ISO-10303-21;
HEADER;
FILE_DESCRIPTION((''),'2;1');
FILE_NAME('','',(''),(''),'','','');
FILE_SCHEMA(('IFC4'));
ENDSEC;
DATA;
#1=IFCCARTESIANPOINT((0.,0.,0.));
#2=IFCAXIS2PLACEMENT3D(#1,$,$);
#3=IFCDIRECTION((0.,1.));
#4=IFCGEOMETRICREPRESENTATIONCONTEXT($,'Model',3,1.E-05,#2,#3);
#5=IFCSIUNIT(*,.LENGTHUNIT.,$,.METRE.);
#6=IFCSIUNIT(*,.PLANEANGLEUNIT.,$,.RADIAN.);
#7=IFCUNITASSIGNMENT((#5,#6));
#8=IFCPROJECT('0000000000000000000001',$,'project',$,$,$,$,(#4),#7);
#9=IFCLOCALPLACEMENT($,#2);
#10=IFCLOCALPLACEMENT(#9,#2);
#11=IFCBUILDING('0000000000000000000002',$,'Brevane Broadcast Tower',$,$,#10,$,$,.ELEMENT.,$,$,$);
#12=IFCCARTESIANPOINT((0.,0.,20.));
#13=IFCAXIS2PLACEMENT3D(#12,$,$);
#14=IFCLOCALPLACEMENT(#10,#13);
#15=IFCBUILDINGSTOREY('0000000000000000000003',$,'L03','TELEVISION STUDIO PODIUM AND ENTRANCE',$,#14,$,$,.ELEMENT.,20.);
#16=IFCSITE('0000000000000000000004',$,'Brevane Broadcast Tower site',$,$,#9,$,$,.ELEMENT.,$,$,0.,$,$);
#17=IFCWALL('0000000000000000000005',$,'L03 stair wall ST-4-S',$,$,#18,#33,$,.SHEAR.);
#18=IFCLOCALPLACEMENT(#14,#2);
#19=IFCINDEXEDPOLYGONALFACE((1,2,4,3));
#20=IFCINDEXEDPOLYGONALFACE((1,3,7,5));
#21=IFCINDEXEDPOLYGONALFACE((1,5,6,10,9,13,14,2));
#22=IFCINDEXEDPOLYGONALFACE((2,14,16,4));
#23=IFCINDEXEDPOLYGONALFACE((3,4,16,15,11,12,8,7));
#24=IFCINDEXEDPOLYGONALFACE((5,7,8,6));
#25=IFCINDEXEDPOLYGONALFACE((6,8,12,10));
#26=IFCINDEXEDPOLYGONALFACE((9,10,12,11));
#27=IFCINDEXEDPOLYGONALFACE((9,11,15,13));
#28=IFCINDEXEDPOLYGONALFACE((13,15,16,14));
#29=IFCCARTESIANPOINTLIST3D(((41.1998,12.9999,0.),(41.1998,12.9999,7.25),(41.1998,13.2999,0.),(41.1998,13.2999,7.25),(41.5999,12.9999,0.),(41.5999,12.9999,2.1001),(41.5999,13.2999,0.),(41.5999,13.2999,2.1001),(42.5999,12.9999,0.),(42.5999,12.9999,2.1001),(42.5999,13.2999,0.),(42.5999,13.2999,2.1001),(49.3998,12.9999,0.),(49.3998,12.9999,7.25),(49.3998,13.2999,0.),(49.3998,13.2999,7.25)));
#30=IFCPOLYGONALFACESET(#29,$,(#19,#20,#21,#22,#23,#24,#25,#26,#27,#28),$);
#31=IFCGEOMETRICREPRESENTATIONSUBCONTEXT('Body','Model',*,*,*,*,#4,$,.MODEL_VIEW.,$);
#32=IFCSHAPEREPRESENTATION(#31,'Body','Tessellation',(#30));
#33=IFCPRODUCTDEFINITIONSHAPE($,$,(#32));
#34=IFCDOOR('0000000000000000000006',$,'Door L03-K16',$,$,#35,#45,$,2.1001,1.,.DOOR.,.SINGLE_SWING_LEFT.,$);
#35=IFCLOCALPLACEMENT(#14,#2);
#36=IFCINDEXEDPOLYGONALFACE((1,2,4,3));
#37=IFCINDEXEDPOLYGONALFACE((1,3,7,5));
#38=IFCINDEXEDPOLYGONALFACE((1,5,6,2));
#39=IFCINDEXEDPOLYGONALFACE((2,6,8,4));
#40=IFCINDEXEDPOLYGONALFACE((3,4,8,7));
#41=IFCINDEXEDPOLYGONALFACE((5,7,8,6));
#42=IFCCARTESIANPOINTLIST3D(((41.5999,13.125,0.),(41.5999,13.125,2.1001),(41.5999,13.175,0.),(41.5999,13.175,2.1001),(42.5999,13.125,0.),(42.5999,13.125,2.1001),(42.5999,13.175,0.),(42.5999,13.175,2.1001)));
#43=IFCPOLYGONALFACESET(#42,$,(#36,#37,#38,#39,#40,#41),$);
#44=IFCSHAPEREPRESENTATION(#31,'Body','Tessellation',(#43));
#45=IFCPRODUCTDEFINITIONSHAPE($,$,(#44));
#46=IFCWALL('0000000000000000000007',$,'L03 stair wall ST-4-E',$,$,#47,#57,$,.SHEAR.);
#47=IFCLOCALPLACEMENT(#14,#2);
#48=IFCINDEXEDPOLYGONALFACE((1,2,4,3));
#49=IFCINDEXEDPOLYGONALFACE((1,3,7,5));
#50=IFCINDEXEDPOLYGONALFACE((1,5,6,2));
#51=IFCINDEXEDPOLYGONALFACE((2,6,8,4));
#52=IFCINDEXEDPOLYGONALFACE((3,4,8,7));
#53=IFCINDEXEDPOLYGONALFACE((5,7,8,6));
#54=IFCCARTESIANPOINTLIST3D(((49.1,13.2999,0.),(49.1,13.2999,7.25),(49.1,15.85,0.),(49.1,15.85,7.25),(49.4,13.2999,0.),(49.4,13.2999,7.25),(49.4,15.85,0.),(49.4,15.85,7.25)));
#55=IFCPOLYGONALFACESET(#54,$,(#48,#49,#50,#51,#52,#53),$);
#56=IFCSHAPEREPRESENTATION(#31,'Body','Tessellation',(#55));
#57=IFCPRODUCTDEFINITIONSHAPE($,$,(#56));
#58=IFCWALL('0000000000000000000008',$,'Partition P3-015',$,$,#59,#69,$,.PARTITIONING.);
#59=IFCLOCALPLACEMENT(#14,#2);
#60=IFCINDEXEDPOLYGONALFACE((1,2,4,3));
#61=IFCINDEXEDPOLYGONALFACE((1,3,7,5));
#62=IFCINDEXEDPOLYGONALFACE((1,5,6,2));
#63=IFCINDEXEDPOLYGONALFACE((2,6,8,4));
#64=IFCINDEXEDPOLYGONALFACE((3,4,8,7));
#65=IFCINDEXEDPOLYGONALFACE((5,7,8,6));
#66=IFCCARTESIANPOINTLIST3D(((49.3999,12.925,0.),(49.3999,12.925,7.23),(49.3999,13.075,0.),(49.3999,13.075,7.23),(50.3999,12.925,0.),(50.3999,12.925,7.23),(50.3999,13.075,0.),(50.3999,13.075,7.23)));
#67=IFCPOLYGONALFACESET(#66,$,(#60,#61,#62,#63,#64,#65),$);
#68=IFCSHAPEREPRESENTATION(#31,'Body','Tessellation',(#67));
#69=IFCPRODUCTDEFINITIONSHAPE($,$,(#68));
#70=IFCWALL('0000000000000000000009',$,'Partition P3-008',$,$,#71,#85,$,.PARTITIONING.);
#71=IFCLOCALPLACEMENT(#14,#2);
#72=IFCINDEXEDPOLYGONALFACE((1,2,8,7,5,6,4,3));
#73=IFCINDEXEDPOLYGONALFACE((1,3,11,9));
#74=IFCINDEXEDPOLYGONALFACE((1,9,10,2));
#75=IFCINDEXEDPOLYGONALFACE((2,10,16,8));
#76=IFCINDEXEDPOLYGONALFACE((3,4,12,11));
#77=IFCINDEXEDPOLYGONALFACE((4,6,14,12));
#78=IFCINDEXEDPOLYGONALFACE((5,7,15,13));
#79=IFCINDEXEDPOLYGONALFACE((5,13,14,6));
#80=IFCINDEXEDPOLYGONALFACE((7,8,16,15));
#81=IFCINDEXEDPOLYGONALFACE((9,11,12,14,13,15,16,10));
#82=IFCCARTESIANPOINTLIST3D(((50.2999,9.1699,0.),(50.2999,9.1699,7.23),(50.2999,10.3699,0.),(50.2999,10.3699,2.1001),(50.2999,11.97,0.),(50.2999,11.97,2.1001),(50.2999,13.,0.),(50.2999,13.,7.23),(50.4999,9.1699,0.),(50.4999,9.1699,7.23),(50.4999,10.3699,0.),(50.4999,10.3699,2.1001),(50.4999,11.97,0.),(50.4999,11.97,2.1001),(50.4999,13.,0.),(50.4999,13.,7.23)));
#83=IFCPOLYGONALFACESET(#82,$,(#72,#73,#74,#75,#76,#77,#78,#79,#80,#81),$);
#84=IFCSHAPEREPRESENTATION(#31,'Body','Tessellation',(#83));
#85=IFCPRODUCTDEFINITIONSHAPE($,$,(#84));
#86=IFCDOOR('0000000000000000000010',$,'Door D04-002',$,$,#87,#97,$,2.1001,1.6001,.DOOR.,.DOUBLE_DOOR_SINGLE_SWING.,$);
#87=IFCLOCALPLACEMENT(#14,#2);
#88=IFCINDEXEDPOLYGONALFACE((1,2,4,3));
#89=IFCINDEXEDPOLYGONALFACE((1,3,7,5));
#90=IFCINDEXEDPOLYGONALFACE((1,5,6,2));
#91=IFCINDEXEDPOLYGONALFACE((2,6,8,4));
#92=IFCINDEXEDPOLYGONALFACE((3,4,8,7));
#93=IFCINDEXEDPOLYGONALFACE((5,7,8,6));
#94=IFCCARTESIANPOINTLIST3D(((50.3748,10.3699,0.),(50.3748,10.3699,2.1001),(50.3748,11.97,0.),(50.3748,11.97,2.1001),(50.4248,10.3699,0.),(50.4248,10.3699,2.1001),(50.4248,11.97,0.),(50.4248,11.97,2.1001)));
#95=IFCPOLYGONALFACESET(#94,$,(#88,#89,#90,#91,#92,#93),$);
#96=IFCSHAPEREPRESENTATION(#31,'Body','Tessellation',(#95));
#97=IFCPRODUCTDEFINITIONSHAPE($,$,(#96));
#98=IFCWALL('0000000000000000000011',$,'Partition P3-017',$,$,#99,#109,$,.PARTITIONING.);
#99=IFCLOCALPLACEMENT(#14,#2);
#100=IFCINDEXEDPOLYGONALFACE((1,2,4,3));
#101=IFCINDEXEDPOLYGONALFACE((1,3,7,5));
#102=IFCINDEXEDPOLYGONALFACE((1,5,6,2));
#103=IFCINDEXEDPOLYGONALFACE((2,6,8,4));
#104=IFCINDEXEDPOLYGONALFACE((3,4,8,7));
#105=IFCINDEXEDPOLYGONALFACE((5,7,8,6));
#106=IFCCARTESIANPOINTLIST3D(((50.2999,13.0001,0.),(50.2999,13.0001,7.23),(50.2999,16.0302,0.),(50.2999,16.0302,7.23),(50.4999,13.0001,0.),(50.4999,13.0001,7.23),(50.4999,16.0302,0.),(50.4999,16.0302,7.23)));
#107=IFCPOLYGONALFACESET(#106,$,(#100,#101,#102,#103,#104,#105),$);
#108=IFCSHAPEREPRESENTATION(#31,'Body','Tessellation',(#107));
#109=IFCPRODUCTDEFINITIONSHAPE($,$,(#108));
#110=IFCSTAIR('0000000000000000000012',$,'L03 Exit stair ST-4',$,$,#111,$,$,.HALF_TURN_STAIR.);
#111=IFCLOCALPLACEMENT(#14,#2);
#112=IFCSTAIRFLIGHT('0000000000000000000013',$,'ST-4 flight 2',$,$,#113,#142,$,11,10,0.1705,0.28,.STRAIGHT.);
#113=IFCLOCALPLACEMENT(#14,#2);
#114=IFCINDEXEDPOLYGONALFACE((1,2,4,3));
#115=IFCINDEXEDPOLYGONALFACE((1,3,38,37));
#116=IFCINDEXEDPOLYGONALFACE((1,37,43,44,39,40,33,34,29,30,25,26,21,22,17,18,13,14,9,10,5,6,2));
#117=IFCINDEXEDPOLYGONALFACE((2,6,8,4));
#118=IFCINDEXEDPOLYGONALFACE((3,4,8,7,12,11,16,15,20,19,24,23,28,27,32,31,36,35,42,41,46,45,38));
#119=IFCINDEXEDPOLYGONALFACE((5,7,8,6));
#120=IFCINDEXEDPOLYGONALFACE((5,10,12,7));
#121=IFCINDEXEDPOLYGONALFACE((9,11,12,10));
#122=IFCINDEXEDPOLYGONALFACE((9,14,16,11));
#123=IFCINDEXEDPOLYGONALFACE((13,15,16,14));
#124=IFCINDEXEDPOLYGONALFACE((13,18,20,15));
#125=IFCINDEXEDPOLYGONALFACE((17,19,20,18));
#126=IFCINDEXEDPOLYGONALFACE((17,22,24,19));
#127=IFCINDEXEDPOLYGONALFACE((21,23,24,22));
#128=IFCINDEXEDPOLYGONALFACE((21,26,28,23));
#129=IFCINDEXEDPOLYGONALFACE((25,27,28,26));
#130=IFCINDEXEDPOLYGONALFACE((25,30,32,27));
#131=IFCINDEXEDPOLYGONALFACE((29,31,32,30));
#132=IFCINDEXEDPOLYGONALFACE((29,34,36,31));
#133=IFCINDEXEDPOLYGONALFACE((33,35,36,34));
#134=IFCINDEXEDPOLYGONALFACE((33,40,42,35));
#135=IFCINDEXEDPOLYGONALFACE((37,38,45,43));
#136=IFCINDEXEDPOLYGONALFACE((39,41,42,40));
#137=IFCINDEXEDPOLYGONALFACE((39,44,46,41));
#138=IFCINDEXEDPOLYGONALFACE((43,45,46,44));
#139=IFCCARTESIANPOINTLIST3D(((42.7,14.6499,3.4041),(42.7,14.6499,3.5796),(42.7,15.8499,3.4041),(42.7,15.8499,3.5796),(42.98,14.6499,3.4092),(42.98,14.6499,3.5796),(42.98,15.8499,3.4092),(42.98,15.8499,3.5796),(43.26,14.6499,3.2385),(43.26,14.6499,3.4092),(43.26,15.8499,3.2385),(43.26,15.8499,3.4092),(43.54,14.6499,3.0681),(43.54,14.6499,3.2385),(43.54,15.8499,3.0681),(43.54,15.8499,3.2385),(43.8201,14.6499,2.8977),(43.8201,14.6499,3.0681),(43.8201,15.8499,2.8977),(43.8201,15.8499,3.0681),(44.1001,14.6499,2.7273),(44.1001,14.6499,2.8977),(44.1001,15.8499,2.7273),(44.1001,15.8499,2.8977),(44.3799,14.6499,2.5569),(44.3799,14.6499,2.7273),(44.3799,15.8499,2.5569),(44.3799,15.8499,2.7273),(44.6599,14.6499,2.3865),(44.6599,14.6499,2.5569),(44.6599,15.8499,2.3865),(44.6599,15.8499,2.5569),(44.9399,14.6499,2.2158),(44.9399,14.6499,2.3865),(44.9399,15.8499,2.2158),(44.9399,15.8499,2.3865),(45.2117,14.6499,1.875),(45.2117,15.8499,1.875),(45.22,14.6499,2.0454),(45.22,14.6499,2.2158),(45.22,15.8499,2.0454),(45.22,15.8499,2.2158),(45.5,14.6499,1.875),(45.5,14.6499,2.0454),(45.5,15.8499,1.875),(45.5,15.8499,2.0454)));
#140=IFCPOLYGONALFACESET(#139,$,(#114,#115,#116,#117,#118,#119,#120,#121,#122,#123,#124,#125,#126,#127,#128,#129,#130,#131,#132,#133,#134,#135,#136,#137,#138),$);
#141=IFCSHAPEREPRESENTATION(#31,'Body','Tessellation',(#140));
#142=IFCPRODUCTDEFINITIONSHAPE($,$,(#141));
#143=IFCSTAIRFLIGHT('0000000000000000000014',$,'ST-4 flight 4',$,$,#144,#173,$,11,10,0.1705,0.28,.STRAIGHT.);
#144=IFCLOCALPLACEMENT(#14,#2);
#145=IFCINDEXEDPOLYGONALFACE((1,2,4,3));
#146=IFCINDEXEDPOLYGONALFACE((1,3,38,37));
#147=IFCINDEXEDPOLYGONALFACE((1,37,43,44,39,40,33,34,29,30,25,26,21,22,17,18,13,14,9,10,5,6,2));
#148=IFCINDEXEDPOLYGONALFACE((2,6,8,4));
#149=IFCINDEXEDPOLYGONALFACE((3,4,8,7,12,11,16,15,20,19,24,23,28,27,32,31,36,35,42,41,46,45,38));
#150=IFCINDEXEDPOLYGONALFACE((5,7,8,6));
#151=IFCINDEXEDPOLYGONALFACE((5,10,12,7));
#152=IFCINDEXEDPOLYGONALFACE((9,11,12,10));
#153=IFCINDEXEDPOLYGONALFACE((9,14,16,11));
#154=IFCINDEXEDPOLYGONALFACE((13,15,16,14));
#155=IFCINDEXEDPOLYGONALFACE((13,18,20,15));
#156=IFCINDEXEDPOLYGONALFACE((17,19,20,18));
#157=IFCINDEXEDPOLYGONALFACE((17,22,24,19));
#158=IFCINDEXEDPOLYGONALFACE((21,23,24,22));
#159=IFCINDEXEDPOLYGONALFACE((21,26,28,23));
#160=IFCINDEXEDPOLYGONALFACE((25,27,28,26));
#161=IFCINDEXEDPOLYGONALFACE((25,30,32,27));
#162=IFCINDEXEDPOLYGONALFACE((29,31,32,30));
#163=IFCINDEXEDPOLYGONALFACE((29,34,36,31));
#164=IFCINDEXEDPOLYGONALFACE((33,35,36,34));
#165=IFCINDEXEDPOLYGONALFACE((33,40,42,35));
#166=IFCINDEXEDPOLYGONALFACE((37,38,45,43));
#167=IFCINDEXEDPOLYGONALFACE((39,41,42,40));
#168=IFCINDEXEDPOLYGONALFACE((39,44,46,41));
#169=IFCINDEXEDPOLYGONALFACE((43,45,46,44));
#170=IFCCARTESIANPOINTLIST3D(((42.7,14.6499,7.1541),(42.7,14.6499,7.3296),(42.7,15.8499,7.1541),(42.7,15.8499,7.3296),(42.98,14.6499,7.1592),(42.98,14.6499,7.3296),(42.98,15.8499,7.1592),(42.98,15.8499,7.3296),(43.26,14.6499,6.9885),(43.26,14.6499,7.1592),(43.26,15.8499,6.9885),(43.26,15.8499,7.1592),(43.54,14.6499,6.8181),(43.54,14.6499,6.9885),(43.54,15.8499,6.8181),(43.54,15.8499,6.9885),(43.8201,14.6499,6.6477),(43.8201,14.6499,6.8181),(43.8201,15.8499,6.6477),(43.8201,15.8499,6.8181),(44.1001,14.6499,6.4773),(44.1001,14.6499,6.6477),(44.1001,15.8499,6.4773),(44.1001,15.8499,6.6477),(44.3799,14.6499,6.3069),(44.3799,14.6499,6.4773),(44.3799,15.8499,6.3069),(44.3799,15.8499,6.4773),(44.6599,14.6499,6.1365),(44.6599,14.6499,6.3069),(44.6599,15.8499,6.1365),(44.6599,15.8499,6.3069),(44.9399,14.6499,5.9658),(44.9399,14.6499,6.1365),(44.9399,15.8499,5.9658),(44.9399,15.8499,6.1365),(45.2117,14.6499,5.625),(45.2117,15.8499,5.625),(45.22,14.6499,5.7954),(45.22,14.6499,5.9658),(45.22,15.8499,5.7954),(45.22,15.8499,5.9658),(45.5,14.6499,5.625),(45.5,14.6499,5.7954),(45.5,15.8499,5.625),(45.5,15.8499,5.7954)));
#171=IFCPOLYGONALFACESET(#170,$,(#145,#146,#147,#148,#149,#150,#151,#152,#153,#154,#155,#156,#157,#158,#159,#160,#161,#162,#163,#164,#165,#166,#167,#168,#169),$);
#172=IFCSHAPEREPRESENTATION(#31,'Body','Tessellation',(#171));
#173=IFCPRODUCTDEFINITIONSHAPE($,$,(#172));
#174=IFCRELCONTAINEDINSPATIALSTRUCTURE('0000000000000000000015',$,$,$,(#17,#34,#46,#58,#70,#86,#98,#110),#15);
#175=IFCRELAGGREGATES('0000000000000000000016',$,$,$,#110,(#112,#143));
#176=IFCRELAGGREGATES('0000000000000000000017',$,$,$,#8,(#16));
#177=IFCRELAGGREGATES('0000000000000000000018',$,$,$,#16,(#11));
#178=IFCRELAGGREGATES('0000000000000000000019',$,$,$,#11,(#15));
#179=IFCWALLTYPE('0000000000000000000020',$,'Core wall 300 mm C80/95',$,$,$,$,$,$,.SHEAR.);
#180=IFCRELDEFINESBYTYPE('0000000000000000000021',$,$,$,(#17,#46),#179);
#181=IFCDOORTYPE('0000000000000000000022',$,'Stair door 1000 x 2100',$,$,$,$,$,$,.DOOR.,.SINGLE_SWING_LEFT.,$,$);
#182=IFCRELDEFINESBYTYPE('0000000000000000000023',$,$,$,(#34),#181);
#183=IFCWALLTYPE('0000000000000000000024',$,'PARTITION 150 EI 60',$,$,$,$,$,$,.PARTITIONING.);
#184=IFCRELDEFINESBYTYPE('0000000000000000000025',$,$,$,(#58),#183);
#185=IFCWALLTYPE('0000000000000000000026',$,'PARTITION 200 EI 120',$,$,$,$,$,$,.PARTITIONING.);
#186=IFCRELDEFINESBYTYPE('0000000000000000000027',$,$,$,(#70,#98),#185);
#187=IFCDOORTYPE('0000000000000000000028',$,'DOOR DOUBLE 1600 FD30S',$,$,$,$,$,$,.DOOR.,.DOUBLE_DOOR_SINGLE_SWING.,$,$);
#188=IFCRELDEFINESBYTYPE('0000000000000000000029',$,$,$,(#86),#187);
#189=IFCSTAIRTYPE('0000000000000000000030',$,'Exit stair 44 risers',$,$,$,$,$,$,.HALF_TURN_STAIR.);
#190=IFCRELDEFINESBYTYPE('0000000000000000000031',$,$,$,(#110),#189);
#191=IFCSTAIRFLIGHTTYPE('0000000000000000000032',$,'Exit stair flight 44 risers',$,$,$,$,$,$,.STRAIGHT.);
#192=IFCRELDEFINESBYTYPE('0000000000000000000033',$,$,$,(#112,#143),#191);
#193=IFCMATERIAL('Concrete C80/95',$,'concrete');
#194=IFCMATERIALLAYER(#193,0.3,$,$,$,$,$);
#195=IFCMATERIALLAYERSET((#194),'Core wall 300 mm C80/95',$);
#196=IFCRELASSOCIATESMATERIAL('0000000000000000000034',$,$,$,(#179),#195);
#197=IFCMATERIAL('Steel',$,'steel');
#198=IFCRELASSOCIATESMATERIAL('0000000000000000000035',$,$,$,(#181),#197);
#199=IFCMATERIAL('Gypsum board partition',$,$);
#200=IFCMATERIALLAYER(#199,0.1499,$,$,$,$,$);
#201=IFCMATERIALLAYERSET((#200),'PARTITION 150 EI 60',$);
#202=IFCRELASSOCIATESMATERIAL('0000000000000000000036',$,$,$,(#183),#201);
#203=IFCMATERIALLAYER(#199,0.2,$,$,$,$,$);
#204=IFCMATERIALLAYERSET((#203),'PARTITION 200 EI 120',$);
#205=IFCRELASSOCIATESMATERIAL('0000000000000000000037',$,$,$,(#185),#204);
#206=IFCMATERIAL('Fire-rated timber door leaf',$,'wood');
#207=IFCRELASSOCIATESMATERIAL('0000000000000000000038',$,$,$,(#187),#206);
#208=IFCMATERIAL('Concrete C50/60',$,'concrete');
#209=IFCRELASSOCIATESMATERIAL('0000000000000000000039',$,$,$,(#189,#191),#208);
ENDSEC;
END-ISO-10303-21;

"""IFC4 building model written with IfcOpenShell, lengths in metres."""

from ifc_helpers import new_model, si_unit, direction, frame, frame_2d, origin, place, context, subcontext, project, spatial, polyline, rectangle, outline, extrude, material, layer, layer_set, type_object, element, fill, aggregate, save


model = new_model("IFC4")

# Units and contexts
model_context = context("Model", 3, precision=1e-05, world=origin(), true_north=direction((0.0, 1.0)))
body_context = subcontext(model_context, "Body", "Model", "MODEL_VIEW")
ifc_project = project(units=[si_unit("LENGTHUNIT", "METRE"), si_unit("PLANEANGLEUNIT", "RADIAN")], contexts=[model_context])

# Site, building, storey
site_placement = place(None, origin())
site = spatial("IfcSite", under=ifc_project, at=site_placement, Name="Brevane Broadcast Tower site", CompositionType="ELEMENT", RefElevation=0.0)
building_placement = place(site_placement, origin())
building = spatial("IfcBuilding", under=site, at=building_placement, Name="Brevane Broadcast Tower", CompositionType="ELEMENT")
storey_placement = place(building_placement, frame((0.0, 0.0, 20.0)))
storey = spatial("IfcBuildingStorey", under=building, at=storey_placement, Name="L03", Description="TELEVISION STUDIO PODIUM AND ENTRANCE", CompositionType="ELEMENT", Elevation=20.0)

# Shared definitions
ifc_material_1 = material(Name="Concrete C80/95", Category="concrete")

# Wall, opening, door
ifc_layer_1 = layer(ifc_material_1, 0.3)
ifc_layer_set_1 = layer_set([ifc_layer_1], Name="Core wall 300 mm C80/95")
wall_type_1 = type_object("IfcWallType", Name="Core wall 300 mm C80/95", PredefinedType="SHEAR", material=ifc_layer_set_1)
wall_1_placement = place(storey_placement, frame((49.3999, 13.1499, 0.0), z_axis=(0.0, 0.0, 1.0), x_axis=(-1.0, 0.0, 0.0)))
wall_1 = element("IfcWall", 1, at=wall_1_placement, inside=storey, type_object=wall_type_1, Name="L03 stair wall ST-4-S", PredefinedType="SHEAR", context=body_context, shape_type="SweptSolid", body=[
    extrude(rectangle(XDim=8.2, YDim=0.3, at=frame_2d((4.1001, 0.0))), origin(), (0.0, 0.0, 1.0), 7.25),
])
opening_1_placement = place(wall_1_placement, frame((6.8, 0.0, 0.0)))
opening_1 = element("IfcOpeningElement", 2, at=opening_1_placement, cuts=wall_1, PredefinedType="OPENING", context=body_context, shape_type="SweptSolid", body=[
    extrude(rectangle(XDim=1.0, YDim=2.1001, at=frame_2d((0.5, 1.05))), frame((0.0, 0.1599, 0.0), z_axis=(0.0, -1.0, 0.0), x_axis=(1.0, 0.0, 0.0)), (0.0, 0.0, 1.0), 0.3201),
])
ifc_material_2 = material(Name="Steel", Category="steel")
door_type_1 = type_object("IfcDoorType", Name="Stair door 1000 x 2100", OperationType="SINGLE_SWING_LEFT", PredefinedType="DOOR", material=ifc_material_2)
door_1_placement = place(opening_1_placement, origin())
door_1 = element("IfcDoor", 3, at=door_1_placement, inside=storey, type_object=door_type_1, Name="Door L03-K16", OperationType="SINGLE_SWING_LEFT", OverallHeight=2.1001, OverallWidth=1.0, PredefinedType="DOOR", context=body_context, shape_type="SweptSolid", body=[
    extrude(rectangle(XDim=1.0, YDim=2.1001, at=frame_2d((0.5, 1.05))), frame((0.0, 0.0249, 0.0), z_axis=(0.0, -1.0, 0.0), x_axis=(1.0, 0.0, 0.0)), (0.0, 0.0, 1.0), 0.05),
])
fill(opening_1, door_1)

# Walls
wall_2_placement = place(storey_placement, frame((49.25, 13.3, 0.0), z_axis=(0.0, 0.0, 1.0), x_axis=(0.0, 1.0, 0.0)))
element("IfcWall", 4, at=wall_2_placement, inside=storey, type_object=wall_type_1, Name="L03 stair wall ST-4-E", PredefinedType="SHEAR", context=body_context, shape_type="SweptSolid", body=[
    extrude(rectangle(XDim=2.55, YDim=0.3, at=frame_2d((1.2749, 0.0))), origin(), (0.0, 0.0, 1.0), 7.25),
])
ifc_material_3 = material(Name="Gypsum board partition")
ifc_layer_2 = layer(ifc_material_3, 0.1499)
ifc_layer_set_2 = layer_set([ifc_layer_2], Name="PARTITION 150 EI 60")
wall_type_2 = type_object("IfcWallType", Name="PARTITION 150 EI 60", PredefinedType="PARTITIONING", material=ifc_layer_set_2)
wall_3_placement = place(storey_placement, frame((49.3999, 13.0, 0.0), z_axis=(0.0, 0.0, 1.0), x_axis=(1.0, 0.0, 0.0)))
element("IfcWall", 5, at=wall_3_placement, inside=storey, type_object=wall_type_2, Name="Partition P3-015", PredefinedType="PARTITIONING", context=body_context, shape_type="SweptSolid", body=[
    extrude(rectangle(XDim=1.0, YDim=0.1499, at=frame_2d((0.5, 0.0))), origin(), (0.0, 0.0, 1.0), 7.23),
])

# Wall, opening, door
ifc_layer_3 = layer(ifc_material_3, 0.2)
ifc_layer_set_3 = layer_set([ifc_layer_3], Name="PARTITION 200 EI 120")
wall_type_3 = type_object("IfcWallType", Name="PARTITION 200 EI 120", PredefinedType="PARTITIONING", material=ifc_layer_set_3)
wall_4_placement = place(storey_placement, frame((50.3999, 13.0, 0.0), z_axis=(0.0, 0.0, 1.0), x_axis=(0.0, -1.0, 0.0)))
wall_4 = element("IfcWall", 6, at=wall_4_placement, inside=storey, type_object=wall_type_3, Name="Partition P3-008", PredefinedType="PARTITIONING", context=body_context, shape_type="SweptSolid", body=[
    extrude(rectangle(XDim=3.8301, YDim=0.2, at=frame_2d((1.915, 0.0))), origin(), (0.0, 0.0, 1.0), 7.23),
])
opening_2_placement = place(wall_4_placement, frame((1.03, 0.0, 0.0)))
opening_2 = element("IfcOpeningElement", 7, at=opening_2_placement, cuts=wall_4, PredefinedType="OPENING", context=body_context, shape_type="SweptSolid", body=[
    extrude(rectangle(XDim=1.6001, YDim=2.1001, at=frame_2d((0.8, 1.05))), frame((0.0, 0.1099, 0.0), z_axis=(0.0, -1.0, 0.0), x_axis=(1.0, 0.0, 0.0)), (0.0, 0.0, 1.0), 0.22),
])
ifc_material_4 = material(Name="Fire-rated timber door leaf", Category="wood")
door_type_2 = type_object("IfcDoorType", Name="DOOR DOUBLE 1600 FD30S", OperationType="DOUBLE_DOOR_SINGLE_SWING", PredefinedType="DOOR", material=ifc_material_4)
door_2_placement = place(opening_2_placement, origin())
door_2 = element("IfcDoor", 8, at=door_2_placement, inside=storey, type_object=door_type_2, Name="Door D04-002", OperationType="DOUBLE_DOOR_SINGLE_SWING", OverallHeight=2.1001, OverallWidth=1.6001, PredefinedType="DOOR", context=body_context, shape_type="SweptSolid", body=[
    extrude(rectangle(XDim=1.6001, YDim=2.1001, at=frame_2d((0.8, 1.05))), frame((0.0, 0.0249, 0.0), z_axis=(0.0, -1.0, 0.0), x_axis=(1.0, 0.0, 0.0)), (0.0, 0.0, 1.0), 0.05),
])
fill(opening_2, door_2)

# Wall
wall_5_placement = place(storey_placement, frame((50.3999, 13.0, 0.0), z_axis=(0.0, 0.0, 1.0), x_axis=(0.0, 1.0, 0.0)))
element("IfcWall", 9, at=wall_5_placement, inside=storey, type_object=wall_type_3, Name="Partition P3-017", PredefinedType="PARTITIONING", context=body_context, shape_type="SweptSolid", body=[
    extrude(rectangle(XDim=3.03, YDim=0.2, at=frame_2d((1.5151, 0.0))), origin(), (0.0, 0.0, 1.0), 7.23),
])

# Stair, stair flights
ifc_material_5 = material(Name="Concrete C50/60", Category="concrete")
stair_type = type_object("IfcStairType", Name="Exit stair 44 risers", PredefinedType="HALF_TURN_STAIR", material=ifc_material_5)
stair_placement = place(storey_placement, origin())
stair = element("IfcStair", 10, at=stair_placement, inside=storey, type_object=stair_type, Name="L03 Exit stair ST-4", PredefinedType="HALF_TURN_STAIR")
stair_flight_type = type_object("IfcStairFlightType", Name="Exit stair flight 44 risers", PredefinedType="STRAIGHT", material=ifc_material_5)
stair_flight_1_placement = place(storey_placement, frame((45.5, 15.25, 1.875), z_axis=(0.0, 0.0, 1.0), x_axis=(-1.0, 0.0, 0.0)))
stair_flight_1 = element("IfcStairFlight", 11, at=stair_flight_1_placement, type_object=stair_flight_type, Name="ST-4 flight 2", NumberOfRisers=11, NumberOfTreads=10, PredefinedType="STRAIGHT", RiserHeight=0.1705, TreadLength=0.28, context=body_context, shape_type="SweptSolid", body=[
    extrude(outline(polyline([(0.0, 0.0), (0.0, 0.1704), (0.28, 0.1704), (0.28, 0.3408), (0.5601, 0.3408), (0.5601, 0.5115), (0.8401, 0.5115), (0.8401, 0.6819), (1.1201, 0.6819), (1.1201, 0.8523), (1.3999, 0.8523), (1.3999, 1.0227), (1.6799, 1.0227), (1.6799, 1.1931), (1.96, 1.1931), (1.96, 1.3635), (2.24, 1.3635), (2.24, 1.5342), (2.52, 1.5342), (2.52, 1.7046), (2.8, 1.7046), (2.8, 1.875), (2.8, 1.5291), (0.2883, 0.0), (0.0, 0.0)])), frame((0.0, 0.6001, 0.0), z_axis=(0.0, -1.0, 0.0), x_axis=(1.0, 0.0, 0.0)), (0.0, 0.0, 1.0), 1.2),
])
stair_flight_2_placement = place(storey_placement, frame((45.5, 15.25, 5.625), z_axis=(0.0, 0.0, 1.0), x_axis=(-1.0, 0.0, 0.0)))
stair_flight_2 = element("IfcStairFlight", 12, at=stair_flight_2_placement, type_object=stair_flight_type, Name="ST-4 flight 4", NumberOfRisers=11, NumberOfTreads=10, PredefinedType="STRAIGHT", RiserHeight=0.1705, TreadLength=0.28, context=body_context, shape_type="SweptSolid", body=[
    extrude(outline(polyline([(0.0, 0.0), (0.0, 0.1704), (0.28, 0.1704), (0.28, 0.3408), (0.5601, 0.3408), (0.5601, 0.5115), (0.8401, 0.5115), (0.8401, 0.6819), (1.1201, 0.6819), (1.1201, 0.8523), (1.3999, 0.8523), (1.3999, 1.0227), (1.6799, 1.0227), (1.6799, 1.1931), (1.96, 1.1931), (1.96, 1.3635), (2.24, 1.3635), (2.24, 1.5342), (2.52, 1.5342), (2.52, 1.7046), (2.8, 1.7046), (2.8, 1.875), (2.8, 1.5291), (0.2883, 0.0), (0.0, 0.0)])), frame((0.0, 0.6001, 0.0), z_axis=(0.0, -1.0, 0.0), x_axis=(1.0, 0.0, 0.0)), (0.0, 0.0, 1.0), 1.2),
])
aggregate(stair, [stair_flight_1, stair_flight_2])

save(model, "model.ifc")
